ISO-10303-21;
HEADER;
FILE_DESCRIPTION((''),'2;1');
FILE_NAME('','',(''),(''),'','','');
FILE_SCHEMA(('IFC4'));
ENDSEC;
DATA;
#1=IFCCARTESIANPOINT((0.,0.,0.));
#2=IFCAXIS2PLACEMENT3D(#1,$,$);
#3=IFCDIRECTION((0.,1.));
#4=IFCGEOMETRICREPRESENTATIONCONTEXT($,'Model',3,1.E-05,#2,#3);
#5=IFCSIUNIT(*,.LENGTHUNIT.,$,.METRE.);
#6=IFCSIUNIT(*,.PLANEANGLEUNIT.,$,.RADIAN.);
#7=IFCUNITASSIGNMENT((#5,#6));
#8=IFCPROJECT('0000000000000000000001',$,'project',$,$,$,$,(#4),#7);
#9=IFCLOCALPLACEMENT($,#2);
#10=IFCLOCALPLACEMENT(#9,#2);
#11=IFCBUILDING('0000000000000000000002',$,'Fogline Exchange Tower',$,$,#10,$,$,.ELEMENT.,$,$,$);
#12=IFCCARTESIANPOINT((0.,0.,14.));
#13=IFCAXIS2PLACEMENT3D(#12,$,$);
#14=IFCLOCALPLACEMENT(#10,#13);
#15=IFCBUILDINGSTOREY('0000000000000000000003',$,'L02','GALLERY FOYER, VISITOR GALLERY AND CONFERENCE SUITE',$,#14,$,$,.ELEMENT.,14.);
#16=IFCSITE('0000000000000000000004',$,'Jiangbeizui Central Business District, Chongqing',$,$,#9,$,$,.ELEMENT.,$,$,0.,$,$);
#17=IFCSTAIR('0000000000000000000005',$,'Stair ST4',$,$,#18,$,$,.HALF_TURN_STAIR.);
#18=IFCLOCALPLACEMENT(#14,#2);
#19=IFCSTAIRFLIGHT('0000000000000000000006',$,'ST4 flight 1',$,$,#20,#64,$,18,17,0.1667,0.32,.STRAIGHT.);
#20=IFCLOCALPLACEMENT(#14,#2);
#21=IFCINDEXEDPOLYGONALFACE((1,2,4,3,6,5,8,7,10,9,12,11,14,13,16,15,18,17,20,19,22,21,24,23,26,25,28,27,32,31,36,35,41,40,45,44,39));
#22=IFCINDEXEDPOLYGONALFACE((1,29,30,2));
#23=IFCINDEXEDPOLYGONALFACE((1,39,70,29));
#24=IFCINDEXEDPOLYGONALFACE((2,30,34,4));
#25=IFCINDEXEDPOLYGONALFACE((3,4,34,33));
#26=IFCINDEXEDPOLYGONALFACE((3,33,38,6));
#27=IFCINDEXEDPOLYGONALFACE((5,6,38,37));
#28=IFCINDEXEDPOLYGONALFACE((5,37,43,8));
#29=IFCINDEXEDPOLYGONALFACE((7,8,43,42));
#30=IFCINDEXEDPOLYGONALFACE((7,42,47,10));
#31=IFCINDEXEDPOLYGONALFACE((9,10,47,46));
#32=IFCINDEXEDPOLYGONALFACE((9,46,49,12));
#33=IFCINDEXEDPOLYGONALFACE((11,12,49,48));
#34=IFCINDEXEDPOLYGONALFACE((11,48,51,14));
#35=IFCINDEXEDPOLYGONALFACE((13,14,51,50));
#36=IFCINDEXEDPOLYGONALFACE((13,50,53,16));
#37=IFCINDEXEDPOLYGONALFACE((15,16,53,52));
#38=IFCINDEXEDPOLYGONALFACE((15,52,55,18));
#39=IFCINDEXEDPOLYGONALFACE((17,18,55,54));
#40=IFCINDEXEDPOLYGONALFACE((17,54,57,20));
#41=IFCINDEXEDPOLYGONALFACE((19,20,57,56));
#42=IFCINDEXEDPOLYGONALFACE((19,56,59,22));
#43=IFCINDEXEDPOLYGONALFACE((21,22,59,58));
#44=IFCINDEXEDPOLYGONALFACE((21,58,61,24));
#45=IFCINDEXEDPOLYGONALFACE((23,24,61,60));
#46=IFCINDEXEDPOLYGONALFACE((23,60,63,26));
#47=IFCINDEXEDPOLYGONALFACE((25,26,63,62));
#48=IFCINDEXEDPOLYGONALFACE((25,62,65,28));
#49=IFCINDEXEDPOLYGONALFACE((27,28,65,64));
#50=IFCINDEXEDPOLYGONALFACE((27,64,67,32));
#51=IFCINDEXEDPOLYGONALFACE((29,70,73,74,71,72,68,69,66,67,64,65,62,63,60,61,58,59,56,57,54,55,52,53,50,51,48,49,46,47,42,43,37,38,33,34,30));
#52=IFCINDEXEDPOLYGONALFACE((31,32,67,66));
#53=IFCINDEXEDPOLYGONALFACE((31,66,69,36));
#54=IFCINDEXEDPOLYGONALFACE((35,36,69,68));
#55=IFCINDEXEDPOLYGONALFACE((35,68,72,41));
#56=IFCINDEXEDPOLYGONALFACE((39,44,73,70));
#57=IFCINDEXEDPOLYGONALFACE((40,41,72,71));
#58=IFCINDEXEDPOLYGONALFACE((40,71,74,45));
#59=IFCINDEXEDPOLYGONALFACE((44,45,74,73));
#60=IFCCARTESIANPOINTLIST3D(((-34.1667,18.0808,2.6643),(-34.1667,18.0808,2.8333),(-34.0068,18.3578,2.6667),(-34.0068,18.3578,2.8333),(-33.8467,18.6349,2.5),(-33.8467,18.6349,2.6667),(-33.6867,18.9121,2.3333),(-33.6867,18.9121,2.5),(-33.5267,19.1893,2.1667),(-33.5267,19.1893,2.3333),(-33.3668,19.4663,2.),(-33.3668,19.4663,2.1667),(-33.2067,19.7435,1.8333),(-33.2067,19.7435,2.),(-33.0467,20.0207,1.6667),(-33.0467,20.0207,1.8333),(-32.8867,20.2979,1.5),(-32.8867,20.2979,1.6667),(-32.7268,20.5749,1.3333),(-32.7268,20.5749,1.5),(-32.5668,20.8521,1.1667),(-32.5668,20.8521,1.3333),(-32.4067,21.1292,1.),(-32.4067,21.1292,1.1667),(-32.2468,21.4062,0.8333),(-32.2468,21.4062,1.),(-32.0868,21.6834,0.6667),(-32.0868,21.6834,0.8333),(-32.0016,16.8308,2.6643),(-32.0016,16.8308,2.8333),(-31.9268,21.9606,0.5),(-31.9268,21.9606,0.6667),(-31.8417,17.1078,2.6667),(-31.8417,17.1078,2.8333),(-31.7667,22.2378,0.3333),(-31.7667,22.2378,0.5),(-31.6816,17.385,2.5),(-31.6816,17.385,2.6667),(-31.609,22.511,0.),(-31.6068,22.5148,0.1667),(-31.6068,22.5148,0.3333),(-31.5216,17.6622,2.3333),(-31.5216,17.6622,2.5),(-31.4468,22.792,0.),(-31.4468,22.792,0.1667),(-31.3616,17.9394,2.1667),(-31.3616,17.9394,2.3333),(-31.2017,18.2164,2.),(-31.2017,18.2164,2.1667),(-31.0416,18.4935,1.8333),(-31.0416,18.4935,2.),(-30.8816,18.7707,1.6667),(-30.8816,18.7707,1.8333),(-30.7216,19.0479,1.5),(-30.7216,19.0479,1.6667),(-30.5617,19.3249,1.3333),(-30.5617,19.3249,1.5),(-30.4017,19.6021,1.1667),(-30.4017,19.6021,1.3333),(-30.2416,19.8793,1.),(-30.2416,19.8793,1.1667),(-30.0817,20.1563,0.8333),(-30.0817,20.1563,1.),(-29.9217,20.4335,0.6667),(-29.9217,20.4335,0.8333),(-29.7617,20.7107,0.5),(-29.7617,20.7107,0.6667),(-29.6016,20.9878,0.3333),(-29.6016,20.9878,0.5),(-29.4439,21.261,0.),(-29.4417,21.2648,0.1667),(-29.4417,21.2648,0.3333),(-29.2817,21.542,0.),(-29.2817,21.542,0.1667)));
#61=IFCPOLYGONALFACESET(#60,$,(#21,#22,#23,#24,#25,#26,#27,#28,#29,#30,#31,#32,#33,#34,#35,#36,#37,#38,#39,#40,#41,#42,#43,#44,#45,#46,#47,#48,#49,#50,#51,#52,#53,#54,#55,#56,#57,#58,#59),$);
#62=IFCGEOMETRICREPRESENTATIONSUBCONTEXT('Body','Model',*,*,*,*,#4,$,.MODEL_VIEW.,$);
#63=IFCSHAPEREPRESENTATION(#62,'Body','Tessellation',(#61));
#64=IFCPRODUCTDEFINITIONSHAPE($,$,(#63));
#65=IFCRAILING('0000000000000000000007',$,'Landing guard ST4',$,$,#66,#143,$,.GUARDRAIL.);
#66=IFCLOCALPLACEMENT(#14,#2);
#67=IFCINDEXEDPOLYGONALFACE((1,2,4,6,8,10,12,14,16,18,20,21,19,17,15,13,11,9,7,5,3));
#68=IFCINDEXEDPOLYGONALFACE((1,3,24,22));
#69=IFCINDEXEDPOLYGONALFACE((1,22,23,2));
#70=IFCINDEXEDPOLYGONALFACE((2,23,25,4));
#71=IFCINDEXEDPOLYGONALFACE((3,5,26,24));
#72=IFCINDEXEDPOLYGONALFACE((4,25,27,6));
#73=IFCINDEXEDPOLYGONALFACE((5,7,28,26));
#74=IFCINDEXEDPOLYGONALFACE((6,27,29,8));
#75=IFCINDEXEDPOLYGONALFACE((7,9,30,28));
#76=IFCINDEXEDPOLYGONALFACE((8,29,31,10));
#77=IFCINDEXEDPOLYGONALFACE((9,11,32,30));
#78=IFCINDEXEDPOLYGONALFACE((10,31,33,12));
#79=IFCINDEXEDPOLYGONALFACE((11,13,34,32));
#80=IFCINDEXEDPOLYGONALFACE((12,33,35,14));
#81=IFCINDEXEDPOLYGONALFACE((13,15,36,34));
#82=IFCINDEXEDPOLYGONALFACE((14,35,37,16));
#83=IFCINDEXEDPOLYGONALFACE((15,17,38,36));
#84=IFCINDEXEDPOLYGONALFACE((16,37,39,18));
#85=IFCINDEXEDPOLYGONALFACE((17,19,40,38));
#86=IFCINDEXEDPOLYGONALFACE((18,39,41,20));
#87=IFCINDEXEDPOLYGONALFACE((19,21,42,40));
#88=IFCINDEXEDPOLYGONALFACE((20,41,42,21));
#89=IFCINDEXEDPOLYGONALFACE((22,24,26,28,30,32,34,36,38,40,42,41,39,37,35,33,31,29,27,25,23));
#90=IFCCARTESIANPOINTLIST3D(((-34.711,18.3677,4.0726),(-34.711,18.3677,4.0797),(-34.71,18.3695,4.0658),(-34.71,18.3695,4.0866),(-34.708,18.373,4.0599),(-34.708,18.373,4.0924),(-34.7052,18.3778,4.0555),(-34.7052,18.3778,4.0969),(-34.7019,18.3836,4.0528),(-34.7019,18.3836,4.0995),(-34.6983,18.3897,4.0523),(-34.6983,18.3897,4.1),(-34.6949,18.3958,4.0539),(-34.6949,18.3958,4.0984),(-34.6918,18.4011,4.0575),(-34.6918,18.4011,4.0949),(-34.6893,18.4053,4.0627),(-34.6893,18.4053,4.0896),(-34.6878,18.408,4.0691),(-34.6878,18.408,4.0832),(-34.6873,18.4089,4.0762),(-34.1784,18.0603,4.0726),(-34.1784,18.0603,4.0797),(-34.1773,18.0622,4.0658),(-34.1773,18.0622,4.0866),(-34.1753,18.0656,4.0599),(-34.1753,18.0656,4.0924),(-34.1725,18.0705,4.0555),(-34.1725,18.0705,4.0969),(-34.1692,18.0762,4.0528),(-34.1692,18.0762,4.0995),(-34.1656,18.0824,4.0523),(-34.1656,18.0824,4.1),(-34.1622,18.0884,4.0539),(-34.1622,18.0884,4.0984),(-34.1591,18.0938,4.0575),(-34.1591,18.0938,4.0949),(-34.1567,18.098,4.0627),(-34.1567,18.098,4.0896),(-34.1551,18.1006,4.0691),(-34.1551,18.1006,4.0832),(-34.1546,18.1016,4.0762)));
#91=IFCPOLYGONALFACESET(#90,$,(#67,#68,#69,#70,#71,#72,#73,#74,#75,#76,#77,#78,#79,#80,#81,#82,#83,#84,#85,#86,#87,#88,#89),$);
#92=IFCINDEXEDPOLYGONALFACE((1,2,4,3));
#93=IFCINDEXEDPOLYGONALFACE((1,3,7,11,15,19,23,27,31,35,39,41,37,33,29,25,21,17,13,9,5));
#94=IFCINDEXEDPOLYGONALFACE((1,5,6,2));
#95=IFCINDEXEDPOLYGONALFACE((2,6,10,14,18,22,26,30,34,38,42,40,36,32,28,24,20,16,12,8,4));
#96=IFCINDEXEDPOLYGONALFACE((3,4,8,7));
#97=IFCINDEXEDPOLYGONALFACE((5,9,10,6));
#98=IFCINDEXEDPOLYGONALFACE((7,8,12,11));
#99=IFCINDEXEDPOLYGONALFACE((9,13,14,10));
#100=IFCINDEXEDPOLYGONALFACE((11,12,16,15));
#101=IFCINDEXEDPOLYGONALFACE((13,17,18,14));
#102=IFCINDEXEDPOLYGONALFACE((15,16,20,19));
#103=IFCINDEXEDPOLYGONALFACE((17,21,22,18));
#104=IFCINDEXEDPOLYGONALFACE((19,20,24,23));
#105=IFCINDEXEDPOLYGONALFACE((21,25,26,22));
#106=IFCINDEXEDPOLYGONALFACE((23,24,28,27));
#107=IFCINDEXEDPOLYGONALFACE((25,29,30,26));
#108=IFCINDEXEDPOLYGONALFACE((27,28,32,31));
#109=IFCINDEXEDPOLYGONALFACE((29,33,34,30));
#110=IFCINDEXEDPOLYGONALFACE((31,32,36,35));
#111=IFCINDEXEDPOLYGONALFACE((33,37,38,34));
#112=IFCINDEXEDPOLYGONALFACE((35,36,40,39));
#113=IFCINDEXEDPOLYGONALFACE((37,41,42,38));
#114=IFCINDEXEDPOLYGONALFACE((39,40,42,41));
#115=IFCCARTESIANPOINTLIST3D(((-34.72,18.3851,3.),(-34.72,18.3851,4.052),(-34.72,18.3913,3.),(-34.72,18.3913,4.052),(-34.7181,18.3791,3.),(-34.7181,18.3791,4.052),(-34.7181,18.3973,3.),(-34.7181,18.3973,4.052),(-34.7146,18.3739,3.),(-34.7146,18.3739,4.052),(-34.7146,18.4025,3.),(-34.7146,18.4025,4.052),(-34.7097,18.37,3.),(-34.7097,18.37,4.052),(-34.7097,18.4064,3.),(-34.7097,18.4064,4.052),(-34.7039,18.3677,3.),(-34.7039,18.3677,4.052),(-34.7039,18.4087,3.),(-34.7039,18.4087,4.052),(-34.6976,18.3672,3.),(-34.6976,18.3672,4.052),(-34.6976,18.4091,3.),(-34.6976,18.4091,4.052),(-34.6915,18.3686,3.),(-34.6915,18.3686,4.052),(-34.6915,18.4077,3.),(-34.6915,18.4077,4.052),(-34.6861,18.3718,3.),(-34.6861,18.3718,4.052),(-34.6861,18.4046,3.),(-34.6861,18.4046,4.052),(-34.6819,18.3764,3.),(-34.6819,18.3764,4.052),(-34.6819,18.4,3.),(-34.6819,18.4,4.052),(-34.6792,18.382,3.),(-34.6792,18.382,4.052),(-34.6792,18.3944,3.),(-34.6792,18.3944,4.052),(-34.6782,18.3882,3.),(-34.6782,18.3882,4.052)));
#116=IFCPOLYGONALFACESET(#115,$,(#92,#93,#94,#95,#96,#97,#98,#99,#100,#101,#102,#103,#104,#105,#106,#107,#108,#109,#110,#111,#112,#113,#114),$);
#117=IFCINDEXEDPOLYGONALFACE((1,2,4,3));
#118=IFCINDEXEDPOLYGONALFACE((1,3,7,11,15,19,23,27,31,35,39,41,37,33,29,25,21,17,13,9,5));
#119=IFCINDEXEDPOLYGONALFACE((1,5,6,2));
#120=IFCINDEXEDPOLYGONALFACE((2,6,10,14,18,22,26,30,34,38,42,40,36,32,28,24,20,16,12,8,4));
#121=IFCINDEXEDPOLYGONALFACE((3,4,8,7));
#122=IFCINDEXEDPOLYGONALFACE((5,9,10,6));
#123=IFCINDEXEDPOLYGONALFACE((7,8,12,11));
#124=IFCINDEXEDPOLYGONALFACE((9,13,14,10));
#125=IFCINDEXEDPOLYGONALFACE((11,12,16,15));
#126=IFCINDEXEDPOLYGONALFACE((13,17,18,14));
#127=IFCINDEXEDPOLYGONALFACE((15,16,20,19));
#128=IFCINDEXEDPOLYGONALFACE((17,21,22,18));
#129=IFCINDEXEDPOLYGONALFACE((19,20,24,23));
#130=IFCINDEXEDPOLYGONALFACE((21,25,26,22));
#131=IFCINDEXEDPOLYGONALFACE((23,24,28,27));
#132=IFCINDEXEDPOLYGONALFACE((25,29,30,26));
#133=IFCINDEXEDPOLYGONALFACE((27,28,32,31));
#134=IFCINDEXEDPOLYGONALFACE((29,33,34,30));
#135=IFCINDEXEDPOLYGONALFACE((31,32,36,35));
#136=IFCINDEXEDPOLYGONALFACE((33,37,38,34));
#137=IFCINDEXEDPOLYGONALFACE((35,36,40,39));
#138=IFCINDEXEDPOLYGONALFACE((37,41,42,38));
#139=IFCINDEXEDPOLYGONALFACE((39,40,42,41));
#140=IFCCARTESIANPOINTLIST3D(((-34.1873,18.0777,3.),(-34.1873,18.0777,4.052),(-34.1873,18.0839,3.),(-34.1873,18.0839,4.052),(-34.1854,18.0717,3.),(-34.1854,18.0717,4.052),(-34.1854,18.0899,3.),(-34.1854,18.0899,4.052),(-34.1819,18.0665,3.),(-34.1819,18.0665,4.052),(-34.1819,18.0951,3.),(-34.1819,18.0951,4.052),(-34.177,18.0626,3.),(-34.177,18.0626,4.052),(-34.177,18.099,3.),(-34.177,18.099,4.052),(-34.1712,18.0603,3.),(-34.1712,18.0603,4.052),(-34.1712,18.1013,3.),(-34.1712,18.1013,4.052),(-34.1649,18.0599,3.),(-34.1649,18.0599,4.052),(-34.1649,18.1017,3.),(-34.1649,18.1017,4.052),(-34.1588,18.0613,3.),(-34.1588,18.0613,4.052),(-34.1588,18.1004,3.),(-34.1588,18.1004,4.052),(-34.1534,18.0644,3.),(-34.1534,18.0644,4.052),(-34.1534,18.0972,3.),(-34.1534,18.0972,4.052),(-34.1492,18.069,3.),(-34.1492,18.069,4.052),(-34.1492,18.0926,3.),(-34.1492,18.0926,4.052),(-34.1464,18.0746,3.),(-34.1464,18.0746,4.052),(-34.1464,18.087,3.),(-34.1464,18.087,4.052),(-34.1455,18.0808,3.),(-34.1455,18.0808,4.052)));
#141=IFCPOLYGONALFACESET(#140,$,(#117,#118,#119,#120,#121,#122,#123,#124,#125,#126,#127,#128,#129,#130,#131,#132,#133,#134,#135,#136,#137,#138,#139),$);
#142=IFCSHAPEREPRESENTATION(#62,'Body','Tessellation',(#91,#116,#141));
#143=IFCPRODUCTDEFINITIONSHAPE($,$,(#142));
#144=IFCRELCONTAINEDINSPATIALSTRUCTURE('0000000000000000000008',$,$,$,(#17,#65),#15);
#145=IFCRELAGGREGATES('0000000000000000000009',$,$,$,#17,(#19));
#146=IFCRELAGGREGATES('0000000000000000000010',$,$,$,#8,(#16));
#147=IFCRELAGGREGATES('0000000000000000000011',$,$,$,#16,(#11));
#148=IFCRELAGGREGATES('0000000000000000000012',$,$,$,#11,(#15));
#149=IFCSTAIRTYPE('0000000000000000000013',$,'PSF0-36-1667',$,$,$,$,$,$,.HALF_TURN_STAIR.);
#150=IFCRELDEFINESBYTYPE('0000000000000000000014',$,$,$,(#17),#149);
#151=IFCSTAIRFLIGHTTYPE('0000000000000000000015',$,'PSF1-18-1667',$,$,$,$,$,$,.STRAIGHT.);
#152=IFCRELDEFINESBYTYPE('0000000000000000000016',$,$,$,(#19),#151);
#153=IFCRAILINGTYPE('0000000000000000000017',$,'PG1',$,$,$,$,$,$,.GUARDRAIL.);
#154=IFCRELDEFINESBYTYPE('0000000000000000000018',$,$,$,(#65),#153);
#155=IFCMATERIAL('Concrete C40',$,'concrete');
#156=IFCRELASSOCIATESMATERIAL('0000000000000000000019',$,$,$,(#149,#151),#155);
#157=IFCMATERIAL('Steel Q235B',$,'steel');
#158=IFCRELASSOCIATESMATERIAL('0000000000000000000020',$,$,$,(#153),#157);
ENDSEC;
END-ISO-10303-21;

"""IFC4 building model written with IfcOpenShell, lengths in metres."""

from ifc_helpers import new_model, si_unit, direction, frame, origin, origin_2d, place, context, subcontext, project, spatial, polyline, circle, outline, extrude, material, type_object, element, aggregate, save


model = new_model("IFC4")

# Units and contexts
model_context = context("Model", 3, precision=1e-05, world=origin(), true_north=direction((0.0, 1.0)))
body_context = subcontext(model_context, "Body", "Model", "MODEL_VIEW")
ifc_project = project(units=[si_unit("LENGTHUNIT", "METRE"), si_unit("PLANEANGLEUNIT", "RADIAN")], contexts=[model_context])

# Site, building, storey
site_placement = place(None, origin())
site = spatial("IfcSite", under=ifc_project, at=site_placement, Name="Jiangbeizui Central Business District, Chongqing", CompositionType="ELEMENT", RefElevation=0.0)
building_placement = place(site_placement, origin())
building = spatial("IfcBuilding", under=site, at=building_placement, Name="Fogline Exchange Tower", CompositionType="ELEMENT")
storey_placement = place(building_placement, frame((0.0, 0.0, 14.0)))
storey = spatial("IfcBuildingStorey", under=building, at=storey_placement, Name="L02", Description="GALLERY FOYER, VISITOR GALLERY AND CONFERENCE SUITE", CompositionType="ELEMENT", Elevation=14.0)

# Shared definitions
ifc_material_1 = material(Name="Concrete C40", Category="concrete")

# Shared definitions
ifc_material_2 = material(Name="Steel Q235B", Category="steel")

# Stair, stair flight
stair_type = type_object("IfcStairType", Name="PSF0-36-1667", PredefinedType="HALF_TURN_STAIR", material=ifc_material_1)
stair_placement = place(storey_placement, origin())
stair = element("IfcStair", 1, at=stair_placement, inside=storey, type_object=stair_type, Name="Stair ST4", PredefinedType="HALF_TURN_STAIR")
stair_flight_type = type_object("IfcStairFlightType", Name="PSF1-18-1667", PredefinedType="STRAIGHT", material=ifc_material_1)
stair_flight_placement = place(storey_placement, frame((-30.3643, 22.167, 0.0), z_axis=(0.0, 0.0, 1.0), x_axis=(-0.499979, -0.866037, 0.0)))
stair_flight = element("IfcStairFlight", 2, at=stair_flight_placement, type_object=stair_flight_type, Name="ST4 flight 1", NumberOfRisers=18, NumberOfTreads=17, PredefinedType="STRAIGHT", RiserHeight=0.1667, TreadLength=0.32, context=body_context, shape_type="SweptSolid", body=[
    extrude(outline(polyline([(0.0, 0.0), (0.0, 0.1667), (0.3201, 0.1667), (0.3201, 0.3333), (0.6399, 0.3333), (0.6399, 0.5), (0.96, 0.5), (0.96, 0.6667), (1.28, 0.6667), (1.28, 0.8333), (1.6001, 0.8333), (1.6001, 1.0), (1.9199, 1.0), (1.9199, 1.1667), (2.24, 1.1667), (2.24, 1.3333), (2.5601, 1.3333), (2.5601, 1.5), (2.8799, 1.5), (2.8799, 1.6667), (3.2, 1.6667), (3.2, 1.8333), (3.52, 1.8333), (3.52, 2.0), (3.8401, 2.0), (3.8401, 2.1667), (4.1599, 2.1667), (4.1599, 2.3333), (4.48, 2.3333), (4.48, 2.5), (4.8, 2.5), (4.8, 2.6667), (5.1201, 2.6667), (5.1201, 2.8333), (5.4399, 2.8333), (5.4399, 3.0), (5.4399, 2.6643), (0.3245, 0.0), (0.0, 0.0)])), frame((0.0, 1.25, 0.0), z_axis=(0.0, -1.0, 0.0), x_axis=(1.0, 0.0, 0.0)), (0.0, 0.0, 1.0), 2.5),
])
aggregate(stair, [stair_flight])

# Railing
railing_type_1 = type_object("IfcRailingType", Name="PG1", PredefinedType="GUARDRAIL", material=ifc_material_2)
railing_1_placement = place(storey_placement, frame((-34.6992, 18.3882, 3.0)))
element("IfcRailing", 3, at=railing_1_placement, inside=storey, type_object=railing_type_1, Name="Landing guard ST4", PredefinedType="GUARDRAIL", context=body_context, shape_type="SweptSolid", body=[
    extrude(circle(Radius=0.0239, at=origin_2d()), frame((0.0, 0.0, 1.0762), z_axis=(0.866159, -0.499768, 0.0), x_axis=(0.499768, 0.866159, 0.0)), (0.0, 0.0, 1.0), 0.615),
    extrude(circle(Radius=0.021, at=origin_2d()), origin(), (0.0, 0.0, 1.0), 1.052),
    extrude(circle(Radius=0.021, at=origin_2d()), frame((0.5327, -0.3074, 0.0)), (0.0, 0.0, 1.0), 1.052),
])

save(model, "model.ifc")
